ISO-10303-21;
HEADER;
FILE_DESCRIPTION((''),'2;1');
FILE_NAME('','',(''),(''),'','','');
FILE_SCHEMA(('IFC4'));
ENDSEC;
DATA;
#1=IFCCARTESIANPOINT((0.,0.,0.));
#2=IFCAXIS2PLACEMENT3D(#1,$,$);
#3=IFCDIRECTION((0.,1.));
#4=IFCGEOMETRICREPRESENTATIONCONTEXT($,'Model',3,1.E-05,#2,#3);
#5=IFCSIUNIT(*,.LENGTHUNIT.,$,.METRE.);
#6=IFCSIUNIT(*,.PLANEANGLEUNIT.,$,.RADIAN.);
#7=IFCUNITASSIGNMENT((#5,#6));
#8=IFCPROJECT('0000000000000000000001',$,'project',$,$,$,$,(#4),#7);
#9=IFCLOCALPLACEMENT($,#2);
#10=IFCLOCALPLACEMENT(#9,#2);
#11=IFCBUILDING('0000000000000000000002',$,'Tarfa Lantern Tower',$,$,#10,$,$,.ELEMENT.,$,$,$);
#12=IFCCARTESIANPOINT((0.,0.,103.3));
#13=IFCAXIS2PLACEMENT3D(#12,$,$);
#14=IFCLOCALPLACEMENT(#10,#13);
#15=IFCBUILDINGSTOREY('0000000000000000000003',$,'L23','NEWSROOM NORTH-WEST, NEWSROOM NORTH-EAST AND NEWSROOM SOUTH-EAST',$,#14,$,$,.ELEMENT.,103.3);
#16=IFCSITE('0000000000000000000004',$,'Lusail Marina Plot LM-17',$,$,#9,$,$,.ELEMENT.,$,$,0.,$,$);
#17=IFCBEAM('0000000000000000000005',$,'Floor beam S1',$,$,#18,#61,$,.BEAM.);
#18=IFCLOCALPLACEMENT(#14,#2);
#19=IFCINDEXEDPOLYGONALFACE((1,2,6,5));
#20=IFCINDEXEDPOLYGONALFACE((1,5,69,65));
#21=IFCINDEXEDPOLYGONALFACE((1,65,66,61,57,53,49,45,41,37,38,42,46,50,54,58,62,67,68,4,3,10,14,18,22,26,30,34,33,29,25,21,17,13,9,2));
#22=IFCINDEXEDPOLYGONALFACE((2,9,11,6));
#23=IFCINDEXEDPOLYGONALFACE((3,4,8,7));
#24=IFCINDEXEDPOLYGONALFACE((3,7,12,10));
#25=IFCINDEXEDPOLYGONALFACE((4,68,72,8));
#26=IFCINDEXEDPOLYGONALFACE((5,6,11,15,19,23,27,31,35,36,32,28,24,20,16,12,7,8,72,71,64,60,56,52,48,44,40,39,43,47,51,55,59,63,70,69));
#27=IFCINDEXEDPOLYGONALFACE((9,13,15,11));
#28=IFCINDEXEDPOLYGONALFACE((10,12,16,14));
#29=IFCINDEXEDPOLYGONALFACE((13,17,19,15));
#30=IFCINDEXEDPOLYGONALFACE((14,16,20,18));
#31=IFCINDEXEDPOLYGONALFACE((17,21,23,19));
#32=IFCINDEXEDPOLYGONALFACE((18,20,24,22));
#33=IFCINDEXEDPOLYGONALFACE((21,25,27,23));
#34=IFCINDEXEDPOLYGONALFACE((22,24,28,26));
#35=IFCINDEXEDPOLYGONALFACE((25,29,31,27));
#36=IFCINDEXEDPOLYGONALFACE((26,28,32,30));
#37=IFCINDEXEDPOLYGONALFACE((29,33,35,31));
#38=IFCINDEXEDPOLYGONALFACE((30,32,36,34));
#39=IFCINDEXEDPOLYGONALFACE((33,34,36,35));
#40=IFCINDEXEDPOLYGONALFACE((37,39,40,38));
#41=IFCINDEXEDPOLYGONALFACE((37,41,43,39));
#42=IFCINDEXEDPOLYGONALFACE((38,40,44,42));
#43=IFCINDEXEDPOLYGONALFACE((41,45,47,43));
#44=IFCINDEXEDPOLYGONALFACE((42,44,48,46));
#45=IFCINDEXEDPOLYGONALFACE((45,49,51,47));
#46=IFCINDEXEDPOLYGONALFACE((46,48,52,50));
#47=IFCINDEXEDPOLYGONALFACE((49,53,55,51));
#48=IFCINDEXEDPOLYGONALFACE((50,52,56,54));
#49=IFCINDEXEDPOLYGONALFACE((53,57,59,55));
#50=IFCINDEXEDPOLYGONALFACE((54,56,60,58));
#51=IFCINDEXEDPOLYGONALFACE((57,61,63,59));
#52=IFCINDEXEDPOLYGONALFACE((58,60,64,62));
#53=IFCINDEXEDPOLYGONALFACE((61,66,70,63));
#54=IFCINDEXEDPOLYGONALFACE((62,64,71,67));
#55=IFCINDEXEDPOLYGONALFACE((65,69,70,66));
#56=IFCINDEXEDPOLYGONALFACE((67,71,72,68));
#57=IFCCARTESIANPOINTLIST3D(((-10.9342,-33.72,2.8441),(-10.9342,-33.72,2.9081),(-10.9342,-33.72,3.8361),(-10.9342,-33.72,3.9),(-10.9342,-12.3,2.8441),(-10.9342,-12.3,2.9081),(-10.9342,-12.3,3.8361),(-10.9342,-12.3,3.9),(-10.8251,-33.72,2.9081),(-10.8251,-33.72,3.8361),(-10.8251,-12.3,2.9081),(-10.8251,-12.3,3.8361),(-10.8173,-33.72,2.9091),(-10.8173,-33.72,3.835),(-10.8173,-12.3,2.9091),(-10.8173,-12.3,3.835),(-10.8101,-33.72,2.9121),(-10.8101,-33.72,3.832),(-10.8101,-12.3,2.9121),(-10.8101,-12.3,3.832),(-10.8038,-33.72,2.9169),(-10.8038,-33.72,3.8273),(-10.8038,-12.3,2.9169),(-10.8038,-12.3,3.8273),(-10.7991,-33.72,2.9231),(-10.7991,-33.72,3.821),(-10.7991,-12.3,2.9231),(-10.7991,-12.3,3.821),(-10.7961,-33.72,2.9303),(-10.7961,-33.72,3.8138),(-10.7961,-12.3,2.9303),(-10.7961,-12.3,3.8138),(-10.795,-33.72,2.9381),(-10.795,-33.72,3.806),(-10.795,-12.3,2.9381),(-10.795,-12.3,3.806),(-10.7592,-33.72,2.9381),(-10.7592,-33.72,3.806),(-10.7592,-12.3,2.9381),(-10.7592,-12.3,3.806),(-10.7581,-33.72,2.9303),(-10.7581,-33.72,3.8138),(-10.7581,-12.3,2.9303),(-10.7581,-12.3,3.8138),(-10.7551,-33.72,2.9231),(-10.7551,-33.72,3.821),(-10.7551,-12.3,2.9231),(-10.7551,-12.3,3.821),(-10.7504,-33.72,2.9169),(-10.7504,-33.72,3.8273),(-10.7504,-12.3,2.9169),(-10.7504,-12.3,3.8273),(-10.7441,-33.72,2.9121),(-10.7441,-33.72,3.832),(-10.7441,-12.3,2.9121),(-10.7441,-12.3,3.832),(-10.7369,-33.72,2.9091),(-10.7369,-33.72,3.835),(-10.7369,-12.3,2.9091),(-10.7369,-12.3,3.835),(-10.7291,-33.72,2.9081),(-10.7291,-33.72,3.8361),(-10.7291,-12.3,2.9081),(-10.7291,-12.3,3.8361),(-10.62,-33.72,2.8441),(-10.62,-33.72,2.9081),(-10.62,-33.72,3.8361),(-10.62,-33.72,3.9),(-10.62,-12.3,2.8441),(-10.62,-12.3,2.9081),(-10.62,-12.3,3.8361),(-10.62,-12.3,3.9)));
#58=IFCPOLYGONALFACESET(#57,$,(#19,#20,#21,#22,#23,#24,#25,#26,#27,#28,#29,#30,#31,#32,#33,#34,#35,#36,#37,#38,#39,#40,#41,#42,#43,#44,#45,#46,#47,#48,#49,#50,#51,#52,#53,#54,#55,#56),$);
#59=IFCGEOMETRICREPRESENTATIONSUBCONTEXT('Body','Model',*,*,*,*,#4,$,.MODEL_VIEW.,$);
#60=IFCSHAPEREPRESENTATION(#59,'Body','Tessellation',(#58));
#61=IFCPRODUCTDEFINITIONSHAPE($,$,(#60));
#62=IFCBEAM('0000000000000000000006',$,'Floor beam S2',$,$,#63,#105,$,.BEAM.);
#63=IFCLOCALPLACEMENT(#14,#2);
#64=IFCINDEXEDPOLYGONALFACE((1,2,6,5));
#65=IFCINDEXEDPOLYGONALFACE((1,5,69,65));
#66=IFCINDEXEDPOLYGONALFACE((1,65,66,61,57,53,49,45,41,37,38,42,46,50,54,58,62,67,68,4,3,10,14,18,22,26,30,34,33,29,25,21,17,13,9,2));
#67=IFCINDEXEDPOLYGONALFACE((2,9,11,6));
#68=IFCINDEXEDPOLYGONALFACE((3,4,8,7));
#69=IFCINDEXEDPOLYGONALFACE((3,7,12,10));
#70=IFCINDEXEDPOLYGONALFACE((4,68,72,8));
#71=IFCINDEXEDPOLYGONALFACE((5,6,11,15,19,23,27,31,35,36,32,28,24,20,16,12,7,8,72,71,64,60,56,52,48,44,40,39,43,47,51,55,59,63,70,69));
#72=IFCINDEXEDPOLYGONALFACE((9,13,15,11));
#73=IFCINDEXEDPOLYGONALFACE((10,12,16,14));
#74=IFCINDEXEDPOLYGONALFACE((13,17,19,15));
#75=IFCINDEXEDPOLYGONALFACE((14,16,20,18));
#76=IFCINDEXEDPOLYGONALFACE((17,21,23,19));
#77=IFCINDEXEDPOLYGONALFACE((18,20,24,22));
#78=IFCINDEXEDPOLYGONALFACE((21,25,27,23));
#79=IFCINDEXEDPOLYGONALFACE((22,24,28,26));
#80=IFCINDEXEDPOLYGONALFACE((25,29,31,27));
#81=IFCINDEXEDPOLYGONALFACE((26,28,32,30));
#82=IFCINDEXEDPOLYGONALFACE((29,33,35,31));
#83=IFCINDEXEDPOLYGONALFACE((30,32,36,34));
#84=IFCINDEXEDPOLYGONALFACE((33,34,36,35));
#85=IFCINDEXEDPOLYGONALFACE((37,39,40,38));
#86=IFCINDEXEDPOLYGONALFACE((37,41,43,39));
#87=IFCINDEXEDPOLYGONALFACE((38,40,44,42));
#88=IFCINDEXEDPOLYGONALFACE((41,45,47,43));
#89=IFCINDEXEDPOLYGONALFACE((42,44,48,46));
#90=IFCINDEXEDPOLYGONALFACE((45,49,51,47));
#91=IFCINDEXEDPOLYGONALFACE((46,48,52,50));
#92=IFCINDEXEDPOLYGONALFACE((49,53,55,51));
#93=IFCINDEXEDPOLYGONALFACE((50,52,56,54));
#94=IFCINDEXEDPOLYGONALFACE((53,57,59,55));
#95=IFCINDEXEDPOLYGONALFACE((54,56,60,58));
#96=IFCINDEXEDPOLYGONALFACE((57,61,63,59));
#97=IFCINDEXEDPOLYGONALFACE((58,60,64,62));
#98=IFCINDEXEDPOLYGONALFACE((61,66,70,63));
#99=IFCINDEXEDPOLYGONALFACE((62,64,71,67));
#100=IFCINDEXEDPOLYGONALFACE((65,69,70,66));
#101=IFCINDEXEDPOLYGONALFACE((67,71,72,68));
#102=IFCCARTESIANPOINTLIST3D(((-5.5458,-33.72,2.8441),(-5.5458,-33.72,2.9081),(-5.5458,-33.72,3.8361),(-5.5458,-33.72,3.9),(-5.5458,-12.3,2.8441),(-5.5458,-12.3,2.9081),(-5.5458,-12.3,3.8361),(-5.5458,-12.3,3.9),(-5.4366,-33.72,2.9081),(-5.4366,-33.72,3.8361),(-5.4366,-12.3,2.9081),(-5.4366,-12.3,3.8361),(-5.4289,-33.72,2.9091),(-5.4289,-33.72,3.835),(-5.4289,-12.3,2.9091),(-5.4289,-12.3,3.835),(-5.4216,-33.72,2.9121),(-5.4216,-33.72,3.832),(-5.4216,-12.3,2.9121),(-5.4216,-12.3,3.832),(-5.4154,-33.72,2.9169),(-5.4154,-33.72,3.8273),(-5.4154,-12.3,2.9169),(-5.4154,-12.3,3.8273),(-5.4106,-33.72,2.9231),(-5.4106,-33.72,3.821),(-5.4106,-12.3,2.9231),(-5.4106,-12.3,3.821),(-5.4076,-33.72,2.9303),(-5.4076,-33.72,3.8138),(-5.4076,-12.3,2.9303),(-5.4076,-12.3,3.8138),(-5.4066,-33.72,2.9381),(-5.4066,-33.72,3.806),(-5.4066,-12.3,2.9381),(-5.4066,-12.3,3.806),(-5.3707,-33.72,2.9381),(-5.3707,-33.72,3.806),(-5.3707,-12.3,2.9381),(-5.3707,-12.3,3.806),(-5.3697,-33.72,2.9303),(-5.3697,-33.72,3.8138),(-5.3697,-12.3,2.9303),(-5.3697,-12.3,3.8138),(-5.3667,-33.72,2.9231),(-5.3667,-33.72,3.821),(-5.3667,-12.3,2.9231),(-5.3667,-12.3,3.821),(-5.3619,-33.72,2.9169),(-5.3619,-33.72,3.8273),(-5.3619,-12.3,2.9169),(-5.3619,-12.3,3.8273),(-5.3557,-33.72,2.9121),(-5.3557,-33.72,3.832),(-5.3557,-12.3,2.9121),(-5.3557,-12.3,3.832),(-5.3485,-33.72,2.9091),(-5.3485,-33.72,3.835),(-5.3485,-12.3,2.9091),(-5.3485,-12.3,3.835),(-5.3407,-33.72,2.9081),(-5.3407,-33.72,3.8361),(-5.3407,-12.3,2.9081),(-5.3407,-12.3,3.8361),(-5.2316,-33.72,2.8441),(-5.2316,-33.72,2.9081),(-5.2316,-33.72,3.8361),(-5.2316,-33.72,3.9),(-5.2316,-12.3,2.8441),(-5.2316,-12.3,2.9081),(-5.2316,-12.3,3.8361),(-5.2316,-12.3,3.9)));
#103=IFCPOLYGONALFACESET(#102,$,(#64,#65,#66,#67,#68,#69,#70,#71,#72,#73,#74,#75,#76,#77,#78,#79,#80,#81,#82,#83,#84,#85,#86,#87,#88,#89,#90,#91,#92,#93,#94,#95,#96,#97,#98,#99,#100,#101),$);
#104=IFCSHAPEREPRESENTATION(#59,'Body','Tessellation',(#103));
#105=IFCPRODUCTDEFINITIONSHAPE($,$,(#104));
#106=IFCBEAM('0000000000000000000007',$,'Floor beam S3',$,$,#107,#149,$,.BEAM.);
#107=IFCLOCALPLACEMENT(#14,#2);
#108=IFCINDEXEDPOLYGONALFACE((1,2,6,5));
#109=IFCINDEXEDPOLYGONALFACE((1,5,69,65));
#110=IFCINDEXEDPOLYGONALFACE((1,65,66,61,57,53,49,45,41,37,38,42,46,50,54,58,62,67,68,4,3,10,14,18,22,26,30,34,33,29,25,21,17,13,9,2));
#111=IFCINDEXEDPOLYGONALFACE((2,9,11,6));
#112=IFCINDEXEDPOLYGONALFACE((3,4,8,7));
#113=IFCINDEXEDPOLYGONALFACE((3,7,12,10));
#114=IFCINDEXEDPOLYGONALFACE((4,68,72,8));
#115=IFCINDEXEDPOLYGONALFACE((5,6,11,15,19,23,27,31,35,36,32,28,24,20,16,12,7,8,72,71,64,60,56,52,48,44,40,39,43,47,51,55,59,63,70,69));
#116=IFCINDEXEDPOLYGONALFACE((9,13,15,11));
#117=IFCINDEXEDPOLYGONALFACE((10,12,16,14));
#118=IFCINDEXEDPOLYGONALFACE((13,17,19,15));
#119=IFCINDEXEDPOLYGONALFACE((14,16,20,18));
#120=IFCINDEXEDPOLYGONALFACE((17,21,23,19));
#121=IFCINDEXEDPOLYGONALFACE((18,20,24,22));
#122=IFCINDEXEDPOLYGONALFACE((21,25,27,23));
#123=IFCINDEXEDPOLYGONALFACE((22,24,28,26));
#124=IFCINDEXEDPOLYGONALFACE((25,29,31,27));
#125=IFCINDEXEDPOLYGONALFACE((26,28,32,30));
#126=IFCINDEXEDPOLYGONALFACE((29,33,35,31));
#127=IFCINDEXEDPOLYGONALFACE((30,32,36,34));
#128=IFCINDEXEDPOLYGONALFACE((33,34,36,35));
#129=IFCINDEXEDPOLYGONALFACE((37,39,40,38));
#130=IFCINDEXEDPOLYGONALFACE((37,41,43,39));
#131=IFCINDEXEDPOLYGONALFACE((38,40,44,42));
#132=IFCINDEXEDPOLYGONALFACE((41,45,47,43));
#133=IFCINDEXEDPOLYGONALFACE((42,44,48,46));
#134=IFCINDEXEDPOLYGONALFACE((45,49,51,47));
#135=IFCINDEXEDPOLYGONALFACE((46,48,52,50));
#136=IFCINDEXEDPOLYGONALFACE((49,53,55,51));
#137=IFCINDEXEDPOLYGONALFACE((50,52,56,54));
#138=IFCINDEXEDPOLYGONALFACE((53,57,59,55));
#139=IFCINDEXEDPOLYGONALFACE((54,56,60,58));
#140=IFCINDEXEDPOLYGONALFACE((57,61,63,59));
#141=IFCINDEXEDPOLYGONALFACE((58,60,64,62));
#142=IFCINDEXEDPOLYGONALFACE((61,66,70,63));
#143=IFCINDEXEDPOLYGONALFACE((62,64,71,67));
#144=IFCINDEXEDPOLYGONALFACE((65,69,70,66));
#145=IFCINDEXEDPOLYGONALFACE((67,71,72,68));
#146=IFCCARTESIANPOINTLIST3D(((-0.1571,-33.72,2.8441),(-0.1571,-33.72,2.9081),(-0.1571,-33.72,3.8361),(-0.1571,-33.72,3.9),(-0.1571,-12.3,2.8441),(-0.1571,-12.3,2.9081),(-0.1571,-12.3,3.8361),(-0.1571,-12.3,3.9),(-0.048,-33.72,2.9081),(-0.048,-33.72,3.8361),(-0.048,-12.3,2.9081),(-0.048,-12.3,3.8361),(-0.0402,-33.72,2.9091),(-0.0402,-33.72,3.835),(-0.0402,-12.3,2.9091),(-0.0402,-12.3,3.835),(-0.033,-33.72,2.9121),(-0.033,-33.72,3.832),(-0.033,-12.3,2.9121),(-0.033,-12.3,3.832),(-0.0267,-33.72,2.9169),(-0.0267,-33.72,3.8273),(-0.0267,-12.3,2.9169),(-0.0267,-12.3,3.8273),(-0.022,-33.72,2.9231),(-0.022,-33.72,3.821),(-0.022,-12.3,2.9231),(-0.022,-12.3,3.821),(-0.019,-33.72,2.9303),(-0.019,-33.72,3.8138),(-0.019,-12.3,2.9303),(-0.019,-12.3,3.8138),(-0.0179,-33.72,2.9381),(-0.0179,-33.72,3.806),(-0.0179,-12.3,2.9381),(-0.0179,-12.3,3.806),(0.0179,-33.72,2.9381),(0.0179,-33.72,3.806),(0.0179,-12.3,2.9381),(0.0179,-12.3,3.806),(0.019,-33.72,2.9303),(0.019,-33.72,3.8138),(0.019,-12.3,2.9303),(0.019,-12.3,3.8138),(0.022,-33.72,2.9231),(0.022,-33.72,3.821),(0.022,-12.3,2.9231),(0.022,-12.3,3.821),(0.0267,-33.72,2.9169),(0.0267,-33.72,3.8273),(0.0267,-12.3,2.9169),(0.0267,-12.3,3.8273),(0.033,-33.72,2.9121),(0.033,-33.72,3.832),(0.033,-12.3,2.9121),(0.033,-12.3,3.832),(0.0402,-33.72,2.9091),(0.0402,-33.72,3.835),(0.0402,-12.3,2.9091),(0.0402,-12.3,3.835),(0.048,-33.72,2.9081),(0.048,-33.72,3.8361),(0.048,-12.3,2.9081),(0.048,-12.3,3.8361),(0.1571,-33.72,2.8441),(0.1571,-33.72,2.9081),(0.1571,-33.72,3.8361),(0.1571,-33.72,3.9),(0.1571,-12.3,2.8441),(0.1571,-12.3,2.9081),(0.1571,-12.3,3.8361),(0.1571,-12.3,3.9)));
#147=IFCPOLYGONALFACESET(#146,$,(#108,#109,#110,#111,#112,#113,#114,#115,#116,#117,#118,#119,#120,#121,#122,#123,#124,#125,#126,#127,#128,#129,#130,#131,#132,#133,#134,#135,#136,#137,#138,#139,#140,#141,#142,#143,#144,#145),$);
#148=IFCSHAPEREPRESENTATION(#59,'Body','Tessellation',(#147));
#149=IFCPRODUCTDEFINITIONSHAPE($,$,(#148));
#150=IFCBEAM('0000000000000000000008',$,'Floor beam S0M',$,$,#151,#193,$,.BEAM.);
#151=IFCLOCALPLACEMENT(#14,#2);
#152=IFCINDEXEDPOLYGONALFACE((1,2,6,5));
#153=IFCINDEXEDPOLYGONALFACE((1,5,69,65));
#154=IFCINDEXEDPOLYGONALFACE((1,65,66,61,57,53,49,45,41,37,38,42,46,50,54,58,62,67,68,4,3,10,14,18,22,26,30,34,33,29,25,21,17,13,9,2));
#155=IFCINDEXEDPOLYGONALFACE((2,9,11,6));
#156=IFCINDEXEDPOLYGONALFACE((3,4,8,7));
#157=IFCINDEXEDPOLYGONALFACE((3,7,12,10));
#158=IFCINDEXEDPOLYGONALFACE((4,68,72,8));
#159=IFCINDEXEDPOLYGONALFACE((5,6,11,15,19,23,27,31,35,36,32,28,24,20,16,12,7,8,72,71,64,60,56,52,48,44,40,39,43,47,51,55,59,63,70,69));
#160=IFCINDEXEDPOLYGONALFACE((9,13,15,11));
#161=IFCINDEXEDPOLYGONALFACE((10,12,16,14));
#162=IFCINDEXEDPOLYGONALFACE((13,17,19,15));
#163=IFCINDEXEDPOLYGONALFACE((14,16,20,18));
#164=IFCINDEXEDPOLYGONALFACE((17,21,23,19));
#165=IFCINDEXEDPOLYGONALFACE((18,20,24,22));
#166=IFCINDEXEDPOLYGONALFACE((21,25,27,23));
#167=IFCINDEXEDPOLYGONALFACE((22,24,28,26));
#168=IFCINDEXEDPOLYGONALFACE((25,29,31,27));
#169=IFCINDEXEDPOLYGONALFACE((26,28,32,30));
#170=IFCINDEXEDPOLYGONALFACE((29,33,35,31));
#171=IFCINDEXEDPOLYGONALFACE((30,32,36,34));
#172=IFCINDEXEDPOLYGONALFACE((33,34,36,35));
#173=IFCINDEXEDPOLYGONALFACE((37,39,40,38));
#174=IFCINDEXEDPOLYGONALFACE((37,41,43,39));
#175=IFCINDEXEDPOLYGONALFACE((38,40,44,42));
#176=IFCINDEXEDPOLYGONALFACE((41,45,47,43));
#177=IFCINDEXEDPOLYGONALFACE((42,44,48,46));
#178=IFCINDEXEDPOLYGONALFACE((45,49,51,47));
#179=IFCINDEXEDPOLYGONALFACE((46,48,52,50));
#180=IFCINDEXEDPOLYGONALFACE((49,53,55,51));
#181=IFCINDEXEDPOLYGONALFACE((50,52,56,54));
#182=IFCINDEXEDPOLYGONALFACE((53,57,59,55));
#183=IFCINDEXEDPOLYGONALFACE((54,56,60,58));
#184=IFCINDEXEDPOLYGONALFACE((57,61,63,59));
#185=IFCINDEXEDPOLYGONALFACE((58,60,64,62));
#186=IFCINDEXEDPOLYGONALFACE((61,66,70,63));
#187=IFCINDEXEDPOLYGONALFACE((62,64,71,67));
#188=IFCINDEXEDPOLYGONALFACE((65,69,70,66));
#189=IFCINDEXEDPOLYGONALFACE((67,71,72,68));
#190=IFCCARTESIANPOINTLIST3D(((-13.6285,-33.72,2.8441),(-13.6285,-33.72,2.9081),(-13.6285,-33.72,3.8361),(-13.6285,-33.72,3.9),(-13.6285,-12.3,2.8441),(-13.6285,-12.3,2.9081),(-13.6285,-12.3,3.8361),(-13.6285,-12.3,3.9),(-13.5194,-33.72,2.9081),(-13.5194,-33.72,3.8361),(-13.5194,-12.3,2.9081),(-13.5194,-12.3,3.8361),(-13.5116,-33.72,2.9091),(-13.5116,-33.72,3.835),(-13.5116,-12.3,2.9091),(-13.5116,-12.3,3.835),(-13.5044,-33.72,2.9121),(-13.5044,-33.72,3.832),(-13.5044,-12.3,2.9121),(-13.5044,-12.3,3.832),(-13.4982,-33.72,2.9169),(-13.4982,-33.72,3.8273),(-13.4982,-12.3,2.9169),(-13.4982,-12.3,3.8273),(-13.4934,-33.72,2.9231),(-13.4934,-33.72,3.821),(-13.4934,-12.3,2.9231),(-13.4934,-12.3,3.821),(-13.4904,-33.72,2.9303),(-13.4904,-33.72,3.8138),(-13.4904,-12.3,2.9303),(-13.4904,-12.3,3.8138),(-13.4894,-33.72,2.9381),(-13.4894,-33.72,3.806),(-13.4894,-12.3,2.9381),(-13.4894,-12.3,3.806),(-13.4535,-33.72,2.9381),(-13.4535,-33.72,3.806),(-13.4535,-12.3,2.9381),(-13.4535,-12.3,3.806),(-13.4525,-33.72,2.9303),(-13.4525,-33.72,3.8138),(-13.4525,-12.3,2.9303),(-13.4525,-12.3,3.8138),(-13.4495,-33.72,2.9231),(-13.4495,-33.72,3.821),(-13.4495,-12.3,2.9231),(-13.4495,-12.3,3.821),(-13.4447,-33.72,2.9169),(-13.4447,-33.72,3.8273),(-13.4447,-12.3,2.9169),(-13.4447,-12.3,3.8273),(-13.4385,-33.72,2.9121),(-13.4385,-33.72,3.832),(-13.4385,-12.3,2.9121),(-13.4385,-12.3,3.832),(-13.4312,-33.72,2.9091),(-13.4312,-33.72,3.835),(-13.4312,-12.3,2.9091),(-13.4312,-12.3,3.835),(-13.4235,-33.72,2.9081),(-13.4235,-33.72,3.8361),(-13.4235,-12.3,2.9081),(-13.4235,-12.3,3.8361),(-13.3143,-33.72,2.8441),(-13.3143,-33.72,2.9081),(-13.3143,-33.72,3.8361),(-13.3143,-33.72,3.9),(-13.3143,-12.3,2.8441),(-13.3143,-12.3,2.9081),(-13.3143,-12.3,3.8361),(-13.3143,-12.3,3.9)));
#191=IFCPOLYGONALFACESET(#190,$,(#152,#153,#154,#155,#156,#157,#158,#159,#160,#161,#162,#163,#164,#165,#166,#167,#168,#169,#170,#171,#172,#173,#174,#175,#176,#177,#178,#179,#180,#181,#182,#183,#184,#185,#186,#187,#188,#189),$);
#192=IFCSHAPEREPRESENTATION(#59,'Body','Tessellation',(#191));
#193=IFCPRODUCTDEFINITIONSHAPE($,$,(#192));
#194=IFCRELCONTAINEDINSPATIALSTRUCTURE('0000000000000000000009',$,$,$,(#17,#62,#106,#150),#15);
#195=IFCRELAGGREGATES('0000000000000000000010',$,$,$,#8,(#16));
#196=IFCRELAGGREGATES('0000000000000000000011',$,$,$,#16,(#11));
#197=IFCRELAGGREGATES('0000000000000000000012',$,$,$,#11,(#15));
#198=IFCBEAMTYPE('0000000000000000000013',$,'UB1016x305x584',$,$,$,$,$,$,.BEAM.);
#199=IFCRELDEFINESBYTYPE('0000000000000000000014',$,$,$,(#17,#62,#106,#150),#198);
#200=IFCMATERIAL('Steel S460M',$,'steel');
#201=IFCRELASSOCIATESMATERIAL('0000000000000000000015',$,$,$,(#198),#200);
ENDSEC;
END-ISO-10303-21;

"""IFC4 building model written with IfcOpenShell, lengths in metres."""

from ifc_helpers import new_model, si_unit, direction, frame, origin, origin_2d, place, context, subcontext, project, spatial, i_section, extrude, material, material_profile, profile_set, type_object, element, save


model = new_model("IFC4")

# Units and contexts
model_context = context("Model", 3, precision=1e-05, world=origin(), true_north=direction((0.0, 1.0)))
body_context = subcontext(model_context, "Body", "Model", "MODEL_VIEW")
ifc_project = project(units=[si_unit("LENGTHUNIT", "METRE"), si_unit("PLANEANGLEUNIT", "RADIAN")], contexts=[model_context])

# Site, building, storey
site_placement = place(None, origin())
site = spatial("IfcSite", under=ifc_project, at=site_placement, Name="Lusail Marina Plot LM-17", CompositionType="ELEMENT", RefElevation=0.0)
building_placement = place(site_placement, origin())
building = spatial("IfcBuilding", under=site, at=building_placement, Name="Tarfa Lantern Tower", CompositionType="ELEMENT")
storey_placement = place(building_placement, frame((0.0, 0.0, 103.3)))
storey = spatial("IfcBuildingStorey", under=building, at=storey_placement, Name="L23", Description="NEWSROOM NORTH-WEST, NEWSROOM NORTH-EAST AND NEWSROOM SOUTH-EAST", CompositionType="ELEMENT", Elevation=103.3)

# Beams
ifc_material_1 = material(Name="Steel S460M", Category="steel")
ifc_material_profile_1 = material_profile(ifc_material_1, i_section(OverallWidth=0.3142, OverallDepth=1.0559, WebThickness=0.0359, FlangeThickness=0.064, FilletRadius=0.03, at=origin_2d()), Name="UB1016x305x584")
ifc_profile_set_1 = profile_set([ifc_material_profile_1], Name="Steel S460M")
beam_type_1 = type_object("IfcBeamType", Name="UB1016x305x584", PredefinedType="BEAM", material=ifc_profile_set_1)
for number, where, z_axis, x_axis, name in (
    (1, (-10.7771, -33.72, 3.3721), (0.0, 1.0, 0.0), (-1.0, 0.0, 0.0), "Floor beam S1"),
    (2, (-5.3887, -33.72, 3.3721), (0.0, 1.0, 0.0), (-1.0, 0.0, 0.0), "Floor beam S2"),
    (3, (0.0, -33.72, 3.3721), (0.0, 1.0, 0.0), (-1.0, 0.0, 0.0), "Floor beam S3"),
    (4, (-13.4714, -33.72, 3.3721), (0.0, 1.0, 0.0), (-1.0, 0.0, 0.0), "Floor beam S0M"),
):
    element("IfcBeam", number, at=place(storey_placement, frame(where, z_axis=z_axis, x_axis=x_axis)), inside=storey, type_object=beam_type_1, Name=name, PredefinedType="BEAM", context=body_context, shape_type="SweptSolid", body=[
        extrude(i_section(OverallWidth=0.3142, OverallDepth=1.0559, WebThickness=0.0359, FlangeThickness=0.064, FilletRadius=0.03, at=origin_2d()), origin(), (0.0, 0.0, 1.0), 21.4199),
    ])

save(model, "model.ifc")
